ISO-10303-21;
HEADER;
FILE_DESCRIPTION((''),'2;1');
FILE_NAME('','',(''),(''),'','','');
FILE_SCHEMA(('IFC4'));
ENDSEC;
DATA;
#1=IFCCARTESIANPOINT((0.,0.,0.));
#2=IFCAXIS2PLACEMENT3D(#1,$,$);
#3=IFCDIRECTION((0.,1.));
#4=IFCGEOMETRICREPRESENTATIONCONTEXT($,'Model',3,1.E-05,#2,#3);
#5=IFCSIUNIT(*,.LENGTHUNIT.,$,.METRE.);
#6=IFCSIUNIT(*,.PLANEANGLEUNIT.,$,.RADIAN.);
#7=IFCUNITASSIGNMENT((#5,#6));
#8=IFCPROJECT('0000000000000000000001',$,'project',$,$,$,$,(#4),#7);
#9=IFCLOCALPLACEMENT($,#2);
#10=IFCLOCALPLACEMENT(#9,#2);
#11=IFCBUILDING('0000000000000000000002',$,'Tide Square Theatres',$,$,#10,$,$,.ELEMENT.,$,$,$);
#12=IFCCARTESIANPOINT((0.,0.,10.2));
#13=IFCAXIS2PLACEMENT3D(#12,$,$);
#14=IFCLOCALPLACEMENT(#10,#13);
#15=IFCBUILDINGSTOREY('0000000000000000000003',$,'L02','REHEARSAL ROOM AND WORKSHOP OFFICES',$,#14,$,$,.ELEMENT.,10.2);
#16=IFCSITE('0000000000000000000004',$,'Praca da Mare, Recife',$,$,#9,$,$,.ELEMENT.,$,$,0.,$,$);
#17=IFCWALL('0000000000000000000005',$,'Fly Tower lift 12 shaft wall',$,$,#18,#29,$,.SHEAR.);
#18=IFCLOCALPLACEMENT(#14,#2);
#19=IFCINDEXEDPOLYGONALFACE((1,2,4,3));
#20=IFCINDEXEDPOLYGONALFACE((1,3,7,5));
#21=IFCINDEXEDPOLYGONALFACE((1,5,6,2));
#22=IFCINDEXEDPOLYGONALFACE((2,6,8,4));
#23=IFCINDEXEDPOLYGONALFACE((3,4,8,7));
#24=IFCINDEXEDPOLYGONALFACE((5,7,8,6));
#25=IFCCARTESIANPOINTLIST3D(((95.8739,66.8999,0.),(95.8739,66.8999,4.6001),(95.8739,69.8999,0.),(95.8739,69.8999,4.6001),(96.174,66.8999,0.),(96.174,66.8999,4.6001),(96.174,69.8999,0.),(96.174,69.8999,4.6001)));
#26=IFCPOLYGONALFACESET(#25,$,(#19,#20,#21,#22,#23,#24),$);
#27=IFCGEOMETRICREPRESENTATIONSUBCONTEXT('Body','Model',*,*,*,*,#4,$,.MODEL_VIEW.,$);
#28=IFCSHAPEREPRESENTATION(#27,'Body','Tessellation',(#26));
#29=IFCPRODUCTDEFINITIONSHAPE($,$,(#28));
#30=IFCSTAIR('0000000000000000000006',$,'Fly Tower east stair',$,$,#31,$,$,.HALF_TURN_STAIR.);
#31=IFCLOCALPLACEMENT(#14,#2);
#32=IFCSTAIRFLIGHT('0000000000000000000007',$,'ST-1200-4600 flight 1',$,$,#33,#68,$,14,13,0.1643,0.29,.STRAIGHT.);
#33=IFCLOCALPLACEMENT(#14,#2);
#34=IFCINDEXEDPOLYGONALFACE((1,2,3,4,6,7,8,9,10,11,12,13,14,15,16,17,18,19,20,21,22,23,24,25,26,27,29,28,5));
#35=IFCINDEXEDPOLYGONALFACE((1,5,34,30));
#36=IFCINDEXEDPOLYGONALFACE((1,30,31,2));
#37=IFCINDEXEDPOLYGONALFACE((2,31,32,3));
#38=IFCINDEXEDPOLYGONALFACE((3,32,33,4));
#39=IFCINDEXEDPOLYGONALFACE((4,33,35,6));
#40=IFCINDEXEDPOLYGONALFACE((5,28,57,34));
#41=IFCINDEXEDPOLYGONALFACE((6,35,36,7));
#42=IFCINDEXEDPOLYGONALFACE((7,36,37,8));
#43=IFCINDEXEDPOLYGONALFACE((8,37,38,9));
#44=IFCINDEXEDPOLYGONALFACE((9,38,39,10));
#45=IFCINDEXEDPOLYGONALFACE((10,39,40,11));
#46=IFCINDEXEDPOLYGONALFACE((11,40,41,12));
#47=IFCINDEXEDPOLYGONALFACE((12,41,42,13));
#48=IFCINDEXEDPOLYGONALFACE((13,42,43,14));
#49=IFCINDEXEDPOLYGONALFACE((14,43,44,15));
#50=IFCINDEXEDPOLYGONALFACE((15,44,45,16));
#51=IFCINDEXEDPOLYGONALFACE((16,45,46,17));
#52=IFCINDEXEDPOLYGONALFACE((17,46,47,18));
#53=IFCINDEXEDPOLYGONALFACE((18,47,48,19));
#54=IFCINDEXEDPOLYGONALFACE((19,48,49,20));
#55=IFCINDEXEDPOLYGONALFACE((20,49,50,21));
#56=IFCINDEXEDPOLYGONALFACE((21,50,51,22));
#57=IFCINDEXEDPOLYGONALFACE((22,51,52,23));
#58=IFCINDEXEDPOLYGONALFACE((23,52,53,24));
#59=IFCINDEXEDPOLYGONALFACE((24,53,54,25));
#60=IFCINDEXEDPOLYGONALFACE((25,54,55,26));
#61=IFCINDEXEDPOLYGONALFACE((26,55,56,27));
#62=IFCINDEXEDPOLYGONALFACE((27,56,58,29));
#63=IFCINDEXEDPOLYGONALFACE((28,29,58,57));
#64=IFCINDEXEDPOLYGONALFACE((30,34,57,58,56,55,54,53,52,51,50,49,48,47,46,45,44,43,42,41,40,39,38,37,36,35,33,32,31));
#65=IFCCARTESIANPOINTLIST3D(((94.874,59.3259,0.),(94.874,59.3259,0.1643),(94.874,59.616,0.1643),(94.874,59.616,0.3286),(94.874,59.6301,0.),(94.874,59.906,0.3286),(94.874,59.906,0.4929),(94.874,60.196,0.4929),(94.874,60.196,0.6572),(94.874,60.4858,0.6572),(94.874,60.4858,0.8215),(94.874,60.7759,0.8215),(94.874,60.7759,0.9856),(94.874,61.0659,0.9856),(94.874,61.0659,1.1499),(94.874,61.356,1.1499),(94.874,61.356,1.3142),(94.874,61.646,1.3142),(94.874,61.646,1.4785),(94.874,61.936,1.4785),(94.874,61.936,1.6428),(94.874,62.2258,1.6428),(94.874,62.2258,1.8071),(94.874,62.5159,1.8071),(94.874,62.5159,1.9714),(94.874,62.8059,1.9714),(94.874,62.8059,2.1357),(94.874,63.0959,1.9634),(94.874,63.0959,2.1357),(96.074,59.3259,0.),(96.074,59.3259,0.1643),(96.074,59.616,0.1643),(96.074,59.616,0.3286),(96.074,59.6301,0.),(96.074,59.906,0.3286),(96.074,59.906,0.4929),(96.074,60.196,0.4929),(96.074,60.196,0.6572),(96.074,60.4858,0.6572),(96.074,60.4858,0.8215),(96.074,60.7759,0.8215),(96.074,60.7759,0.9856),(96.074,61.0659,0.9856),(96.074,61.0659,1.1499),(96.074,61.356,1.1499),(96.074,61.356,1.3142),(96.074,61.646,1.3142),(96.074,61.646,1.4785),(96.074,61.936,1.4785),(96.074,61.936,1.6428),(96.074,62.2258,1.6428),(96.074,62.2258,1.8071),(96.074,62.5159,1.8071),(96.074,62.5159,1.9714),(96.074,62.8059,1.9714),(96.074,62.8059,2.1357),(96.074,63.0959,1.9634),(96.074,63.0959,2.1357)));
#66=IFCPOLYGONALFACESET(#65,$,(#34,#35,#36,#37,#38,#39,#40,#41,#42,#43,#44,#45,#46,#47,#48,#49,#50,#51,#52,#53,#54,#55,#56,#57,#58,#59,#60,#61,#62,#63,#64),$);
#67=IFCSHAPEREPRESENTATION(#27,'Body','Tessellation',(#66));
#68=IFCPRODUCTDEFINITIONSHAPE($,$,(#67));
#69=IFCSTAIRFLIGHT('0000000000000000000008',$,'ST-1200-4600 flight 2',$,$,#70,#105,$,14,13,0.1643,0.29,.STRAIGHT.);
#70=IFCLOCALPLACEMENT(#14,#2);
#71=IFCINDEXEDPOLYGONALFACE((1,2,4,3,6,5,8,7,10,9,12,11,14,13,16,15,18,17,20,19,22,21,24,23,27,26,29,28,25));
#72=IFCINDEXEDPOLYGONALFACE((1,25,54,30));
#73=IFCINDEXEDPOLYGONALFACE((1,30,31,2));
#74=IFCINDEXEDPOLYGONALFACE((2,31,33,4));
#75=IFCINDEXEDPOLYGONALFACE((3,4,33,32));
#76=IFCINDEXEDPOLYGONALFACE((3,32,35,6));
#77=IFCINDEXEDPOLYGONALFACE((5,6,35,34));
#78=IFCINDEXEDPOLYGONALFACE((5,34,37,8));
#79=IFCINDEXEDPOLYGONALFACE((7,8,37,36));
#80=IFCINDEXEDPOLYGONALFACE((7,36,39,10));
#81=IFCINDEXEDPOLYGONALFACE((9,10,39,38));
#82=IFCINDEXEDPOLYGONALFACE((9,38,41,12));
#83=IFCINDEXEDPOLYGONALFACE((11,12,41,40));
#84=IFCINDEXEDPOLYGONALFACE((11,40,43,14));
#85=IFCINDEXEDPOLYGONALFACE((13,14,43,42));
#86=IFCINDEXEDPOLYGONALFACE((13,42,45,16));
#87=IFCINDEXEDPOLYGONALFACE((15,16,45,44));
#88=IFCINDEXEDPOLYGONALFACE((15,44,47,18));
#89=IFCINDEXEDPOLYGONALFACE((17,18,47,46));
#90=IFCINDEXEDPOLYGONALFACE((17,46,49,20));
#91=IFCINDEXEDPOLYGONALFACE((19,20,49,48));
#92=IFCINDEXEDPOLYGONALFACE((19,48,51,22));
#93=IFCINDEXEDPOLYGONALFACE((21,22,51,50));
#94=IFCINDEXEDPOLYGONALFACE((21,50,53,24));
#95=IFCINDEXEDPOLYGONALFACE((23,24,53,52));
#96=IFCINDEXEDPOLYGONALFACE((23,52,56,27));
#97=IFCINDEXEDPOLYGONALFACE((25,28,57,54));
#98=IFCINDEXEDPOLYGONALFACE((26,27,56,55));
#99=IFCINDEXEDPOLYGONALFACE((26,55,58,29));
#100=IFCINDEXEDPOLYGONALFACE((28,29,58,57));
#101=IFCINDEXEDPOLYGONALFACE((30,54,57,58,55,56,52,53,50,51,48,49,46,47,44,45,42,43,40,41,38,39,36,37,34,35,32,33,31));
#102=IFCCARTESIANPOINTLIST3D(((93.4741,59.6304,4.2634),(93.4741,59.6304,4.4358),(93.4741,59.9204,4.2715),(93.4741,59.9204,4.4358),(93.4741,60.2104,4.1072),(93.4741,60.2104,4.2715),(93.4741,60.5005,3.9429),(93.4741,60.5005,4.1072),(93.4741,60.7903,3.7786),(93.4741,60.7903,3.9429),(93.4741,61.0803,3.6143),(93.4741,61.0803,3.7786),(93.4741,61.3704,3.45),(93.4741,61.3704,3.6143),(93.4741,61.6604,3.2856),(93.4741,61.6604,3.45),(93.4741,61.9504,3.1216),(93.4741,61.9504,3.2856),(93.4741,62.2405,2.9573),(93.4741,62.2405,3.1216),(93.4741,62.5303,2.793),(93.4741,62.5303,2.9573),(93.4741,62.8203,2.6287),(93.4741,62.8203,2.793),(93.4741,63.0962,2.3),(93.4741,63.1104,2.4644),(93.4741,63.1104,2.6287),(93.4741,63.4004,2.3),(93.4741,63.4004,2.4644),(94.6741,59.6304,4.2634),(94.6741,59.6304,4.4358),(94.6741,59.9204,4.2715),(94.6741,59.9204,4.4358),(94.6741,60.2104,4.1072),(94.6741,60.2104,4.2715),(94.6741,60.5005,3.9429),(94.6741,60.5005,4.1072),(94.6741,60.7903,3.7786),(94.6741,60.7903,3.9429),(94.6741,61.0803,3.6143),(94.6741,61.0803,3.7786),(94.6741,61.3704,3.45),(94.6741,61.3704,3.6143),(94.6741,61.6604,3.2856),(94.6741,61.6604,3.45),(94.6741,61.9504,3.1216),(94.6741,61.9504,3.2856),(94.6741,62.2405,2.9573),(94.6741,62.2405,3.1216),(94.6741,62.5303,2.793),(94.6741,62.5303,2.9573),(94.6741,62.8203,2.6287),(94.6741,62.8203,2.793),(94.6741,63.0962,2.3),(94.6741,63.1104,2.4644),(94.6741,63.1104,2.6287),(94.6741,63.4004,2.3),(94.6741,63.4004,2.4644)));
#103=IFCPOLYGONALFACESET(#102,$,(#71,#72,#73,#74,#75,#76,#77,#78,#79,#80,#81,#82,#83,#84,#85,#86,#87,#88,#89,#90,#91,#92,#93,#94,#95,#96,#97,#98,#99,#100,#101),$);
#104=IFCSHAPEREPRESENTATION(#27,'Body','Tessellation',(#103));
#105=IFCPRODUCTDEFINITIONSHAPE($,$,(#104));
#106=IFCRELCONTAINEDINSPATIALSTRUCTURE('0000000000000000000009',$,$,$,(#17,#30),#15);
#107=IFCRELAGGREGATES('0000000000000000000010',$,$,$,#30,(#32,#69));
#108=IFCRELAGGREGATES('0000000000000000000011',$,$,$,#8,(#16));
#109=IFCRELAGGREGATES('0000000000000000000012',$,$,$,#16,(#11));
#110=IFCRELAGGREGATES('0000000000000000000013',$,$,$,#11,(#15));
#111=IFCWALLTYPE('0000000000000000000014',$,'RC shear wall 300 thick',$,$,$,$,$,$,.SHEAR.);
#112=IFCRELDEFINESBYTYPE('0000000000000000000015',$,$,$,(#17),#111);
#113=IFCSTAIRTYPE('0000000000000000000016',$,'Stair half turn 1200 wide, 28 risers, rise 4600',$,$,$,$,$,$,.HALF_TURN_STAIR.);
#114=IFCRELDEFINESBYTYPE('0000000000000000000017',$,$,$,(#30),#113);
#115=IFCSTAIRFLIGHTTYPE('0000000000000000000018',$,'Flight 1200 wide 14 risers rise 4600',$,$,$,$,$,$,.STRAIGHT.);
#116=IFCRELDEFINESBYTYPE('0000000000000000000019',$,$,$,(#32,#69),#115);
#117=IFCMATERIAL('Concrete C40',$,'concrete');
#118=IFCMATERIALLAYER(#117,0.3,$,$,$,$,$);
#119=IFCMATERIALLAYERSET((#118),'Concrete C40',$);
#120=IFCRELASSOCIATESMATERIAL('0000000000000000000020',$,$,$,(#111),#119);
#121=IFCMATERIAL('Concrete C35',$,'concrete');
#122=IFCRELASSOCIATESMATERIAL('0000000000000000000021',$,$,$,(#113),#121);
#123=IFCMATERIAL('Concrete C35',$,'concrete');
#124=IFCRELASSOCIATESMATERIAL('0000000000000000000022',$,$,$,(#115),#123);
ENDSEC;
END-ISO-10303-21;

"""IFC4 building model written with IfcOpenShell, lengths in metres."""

from ifc_helpers import new_model, si_unit, direction, frame, frame_2d, origin, place, context, subcontext, project, spatial, polyline, rectangle, outline, extrude, material, layer, layer_set, type_object, element, aggregate, save


model = new_model("IFC4")

# Units and contexts
model_context = context("Model", 3, precision=1e-05, world=origin(), true_north=direction((0.0, 1.0)))
body_context = subcontext(model_context, "Body", "Model", "MODEL_VIEW")
ifc_project = project(units=[si_unit("LENGTHUNIT", "METRE"), si_unit("PLANEANGLEUNIT", "RADIAN")], contexts=[model_context])

# Site, building, storey
site_placement = place(None, origin())
site = spatial("IfcSite", under=ifc_project, at=site_placement, Name="Praca da Mare, Recife", CompositionType="ELEMENT", RefElevation=0.0)
building_placement = place(site_placement, origin())
building = spatial("IfcBuilding", under=site, at=building_placement, Name="Tide Square Theatres", CompositionType="ELEMENT")
storey_placement = place(building_placement, frame((0.0, 0.0, 10.2)))
storey = spatial("IfcBuildingStorey", under=building, at=storey_placement, Name="L02", Description="REHEARSAL ROOM AND WORKSHOP OFFICES", CompositionType="ELEMENT", Elevation=10.2)

# Shared definitions
ifc_material_1 = material(Name="Concrete C40", Category="concrete")
ifc_layer_1 = layer(ifc_material_1, 0.3)
ifc_layer_set_1 = layer_set([ifc_layer_1], Name="Concrete C40")
wall_type_1 = type_object("IfcWallType", Name="RC shear wall 300 thick", PredefinedType="SHEAR", material=ifc_layer_set_1)

# Wall
wall_1_placement = place(storey_placement, frame((96.0239, 66.8999, 0.0), z_axis=(0.0, 0.0, 1.0), x_axis=(0.0, 1.0, 0.0)))
element("IfcWall", 1, at=wall_1_placement, inside=storey, type_object=wall_type_1, Name="Fly Tower lift 12 shaft wall", PredefinedType="SHEAR", context=body_context, shape_type="SweptSolid", body=[
    extrude(rectangle(XDim=3.0, YDim=0.3, at=frame_2d((1.5, 0.0))), origin(), (0.0, 0.0, 1.0), 4.6001),
])

# Stair, stair flights
ifc_material_2 = material(Name="Concrete C35", Category="concrete")
stair_type = type_object("IfcStairType", Name="Stair half turn 1200 wide, 28 risers, rise 4600", PredefinedType="HALF_TURN_STAIR", material=ifc_material_2)
stair_placement = place(storey_placement, origin())
stair = element("IfcStair", 2, at=stair_placement, inside=storey, type_object=stair_type, Name="Fly Tower east stair", PredefinedType="HALF_TURN_STAIR")
ifc_material_3 = material(Name="Concrete C35", Category="concrete")
stair_flight_type = type_object("IfcStairFlightType", Name="Flight 1200 wide 14 risers rise 4600", PredefinedType="STRAIGHT", material=ifc_material_3)
stair_flight_1_placement = place(storey_placement, frame((95.4741, 59.3259, 0.0), z_axis=(0.0, 0.0, 1.0), x_axis=(0.0, 1.0, 0.0)))
stair_flight_1 = element("IfcStairFlight", 3, at=stair_flight_1_placement, type_object=stair_flight_type, Name="ST-1200-4600 flight 1", NumberOfRisers=14, NumberOfTreads=13, PredefinedType="STRAIGHT", RiserHeight=0.1643, TreadLength=0.29, context=body_context, shape_type="SweptSolid", body=[
    extrude(outline(polyline([(0.0, 0.0), (0.0, 0.1643), (0.29, 0.1643), (0.29, 0.3286), (0.5801, 0.3286), (0.5801, 0.4929), (0.8701, 0.4929), (0.8701, 0.6572), (1.1599, 0.6572), (1.1599, 0.8215), (1.45, 0.8215), (1.45, 0.9856), (1.74, 0.9856), (1.74, 1.1499), (2.03, 1.1499), (2.03, 1.3142), (2.3201, 1.3142), (2.3201, 1.4785), (2.6101, 1.4785), (2.6101, 1.6428), (2.8999, 1.6428), (2.8999, 1.8071), (3.1899, 1.8071), (3.1899, 1.9714), (3.48, 1.9714), (3.48, 2.1357), (3.77, 2.1357), (3.77, 2.3), (3.77, 1.9634), (0.3042, 0.0), (0.0, 0.0)])), frame((0.0, 0.6001, 0.0), z_axis=(0.0, -1.0, 0.0), x_axis=(1.0, 0.0, 0.0)), (0.0, 0.0, 1.0), 1.2),
])
stair_flight_2_placement = place(storey_placement, frame((94.074, 63.4004, 2.3), z_axis=(0.0, 0.0, 1.0), x_axis=(0.0, -1.0, 0.0)))
stair_flight_2 = element("IfcStairFlight", 4, at=stair_flight_2_placement, type_object=stair_flight_type, Name="ST-1200-4600 flight 2", NumberOfRisers=14, NumberOfTreads=13, PredefinedType="STRAIGHT", RiserHeight=0.1643, TreadLength=0.29, context=body_context, shape_type="SweptSolid", body=[
    extrude(outline(polyline([(0.0, 0.0), (0.0, 0.1643), (0.29, 0.1643), (0.29, 0.3286), (0.5801, 0.3286), (0.5801, 0.4929), (0.8701, 0.4929), (0.8701, 0.6572), (1.1599, 0.6572), (1.1599, 0.8215), (1.45, 0.8215), (1.45, 0.9856), (1.74, 0.9856), (1.74, 1.1499), (2.03, 1.1499), (2.03, 1.3142), (2.3201, 1.3142), (2.3201, 1.4785), (2.6101, 1.4785), (2.6101, 1.6428), (2.8999, 1.6428), (2.8999, 1.8071), (3.1899, 1.8071), (3.1899, 1.9714), (3.48, 1.9714), (3.48, 2.1357), (3.77, 2.1357), (3.77, 2.3), (3.77, 1.9634), (0.3042, 0.0), (0.0, 0.0)])), frame((0.0, 0.6001, 0.0), z_axis=(0.0, -1.0, 0.0), x_axis=(1.0, 0.0, 0.0)), (0.0, 0.0, 1.0), 1.2),
])
aggregate(stair, [stair_flight_1, stair_flight_2])

save(model, "model.ifc")
